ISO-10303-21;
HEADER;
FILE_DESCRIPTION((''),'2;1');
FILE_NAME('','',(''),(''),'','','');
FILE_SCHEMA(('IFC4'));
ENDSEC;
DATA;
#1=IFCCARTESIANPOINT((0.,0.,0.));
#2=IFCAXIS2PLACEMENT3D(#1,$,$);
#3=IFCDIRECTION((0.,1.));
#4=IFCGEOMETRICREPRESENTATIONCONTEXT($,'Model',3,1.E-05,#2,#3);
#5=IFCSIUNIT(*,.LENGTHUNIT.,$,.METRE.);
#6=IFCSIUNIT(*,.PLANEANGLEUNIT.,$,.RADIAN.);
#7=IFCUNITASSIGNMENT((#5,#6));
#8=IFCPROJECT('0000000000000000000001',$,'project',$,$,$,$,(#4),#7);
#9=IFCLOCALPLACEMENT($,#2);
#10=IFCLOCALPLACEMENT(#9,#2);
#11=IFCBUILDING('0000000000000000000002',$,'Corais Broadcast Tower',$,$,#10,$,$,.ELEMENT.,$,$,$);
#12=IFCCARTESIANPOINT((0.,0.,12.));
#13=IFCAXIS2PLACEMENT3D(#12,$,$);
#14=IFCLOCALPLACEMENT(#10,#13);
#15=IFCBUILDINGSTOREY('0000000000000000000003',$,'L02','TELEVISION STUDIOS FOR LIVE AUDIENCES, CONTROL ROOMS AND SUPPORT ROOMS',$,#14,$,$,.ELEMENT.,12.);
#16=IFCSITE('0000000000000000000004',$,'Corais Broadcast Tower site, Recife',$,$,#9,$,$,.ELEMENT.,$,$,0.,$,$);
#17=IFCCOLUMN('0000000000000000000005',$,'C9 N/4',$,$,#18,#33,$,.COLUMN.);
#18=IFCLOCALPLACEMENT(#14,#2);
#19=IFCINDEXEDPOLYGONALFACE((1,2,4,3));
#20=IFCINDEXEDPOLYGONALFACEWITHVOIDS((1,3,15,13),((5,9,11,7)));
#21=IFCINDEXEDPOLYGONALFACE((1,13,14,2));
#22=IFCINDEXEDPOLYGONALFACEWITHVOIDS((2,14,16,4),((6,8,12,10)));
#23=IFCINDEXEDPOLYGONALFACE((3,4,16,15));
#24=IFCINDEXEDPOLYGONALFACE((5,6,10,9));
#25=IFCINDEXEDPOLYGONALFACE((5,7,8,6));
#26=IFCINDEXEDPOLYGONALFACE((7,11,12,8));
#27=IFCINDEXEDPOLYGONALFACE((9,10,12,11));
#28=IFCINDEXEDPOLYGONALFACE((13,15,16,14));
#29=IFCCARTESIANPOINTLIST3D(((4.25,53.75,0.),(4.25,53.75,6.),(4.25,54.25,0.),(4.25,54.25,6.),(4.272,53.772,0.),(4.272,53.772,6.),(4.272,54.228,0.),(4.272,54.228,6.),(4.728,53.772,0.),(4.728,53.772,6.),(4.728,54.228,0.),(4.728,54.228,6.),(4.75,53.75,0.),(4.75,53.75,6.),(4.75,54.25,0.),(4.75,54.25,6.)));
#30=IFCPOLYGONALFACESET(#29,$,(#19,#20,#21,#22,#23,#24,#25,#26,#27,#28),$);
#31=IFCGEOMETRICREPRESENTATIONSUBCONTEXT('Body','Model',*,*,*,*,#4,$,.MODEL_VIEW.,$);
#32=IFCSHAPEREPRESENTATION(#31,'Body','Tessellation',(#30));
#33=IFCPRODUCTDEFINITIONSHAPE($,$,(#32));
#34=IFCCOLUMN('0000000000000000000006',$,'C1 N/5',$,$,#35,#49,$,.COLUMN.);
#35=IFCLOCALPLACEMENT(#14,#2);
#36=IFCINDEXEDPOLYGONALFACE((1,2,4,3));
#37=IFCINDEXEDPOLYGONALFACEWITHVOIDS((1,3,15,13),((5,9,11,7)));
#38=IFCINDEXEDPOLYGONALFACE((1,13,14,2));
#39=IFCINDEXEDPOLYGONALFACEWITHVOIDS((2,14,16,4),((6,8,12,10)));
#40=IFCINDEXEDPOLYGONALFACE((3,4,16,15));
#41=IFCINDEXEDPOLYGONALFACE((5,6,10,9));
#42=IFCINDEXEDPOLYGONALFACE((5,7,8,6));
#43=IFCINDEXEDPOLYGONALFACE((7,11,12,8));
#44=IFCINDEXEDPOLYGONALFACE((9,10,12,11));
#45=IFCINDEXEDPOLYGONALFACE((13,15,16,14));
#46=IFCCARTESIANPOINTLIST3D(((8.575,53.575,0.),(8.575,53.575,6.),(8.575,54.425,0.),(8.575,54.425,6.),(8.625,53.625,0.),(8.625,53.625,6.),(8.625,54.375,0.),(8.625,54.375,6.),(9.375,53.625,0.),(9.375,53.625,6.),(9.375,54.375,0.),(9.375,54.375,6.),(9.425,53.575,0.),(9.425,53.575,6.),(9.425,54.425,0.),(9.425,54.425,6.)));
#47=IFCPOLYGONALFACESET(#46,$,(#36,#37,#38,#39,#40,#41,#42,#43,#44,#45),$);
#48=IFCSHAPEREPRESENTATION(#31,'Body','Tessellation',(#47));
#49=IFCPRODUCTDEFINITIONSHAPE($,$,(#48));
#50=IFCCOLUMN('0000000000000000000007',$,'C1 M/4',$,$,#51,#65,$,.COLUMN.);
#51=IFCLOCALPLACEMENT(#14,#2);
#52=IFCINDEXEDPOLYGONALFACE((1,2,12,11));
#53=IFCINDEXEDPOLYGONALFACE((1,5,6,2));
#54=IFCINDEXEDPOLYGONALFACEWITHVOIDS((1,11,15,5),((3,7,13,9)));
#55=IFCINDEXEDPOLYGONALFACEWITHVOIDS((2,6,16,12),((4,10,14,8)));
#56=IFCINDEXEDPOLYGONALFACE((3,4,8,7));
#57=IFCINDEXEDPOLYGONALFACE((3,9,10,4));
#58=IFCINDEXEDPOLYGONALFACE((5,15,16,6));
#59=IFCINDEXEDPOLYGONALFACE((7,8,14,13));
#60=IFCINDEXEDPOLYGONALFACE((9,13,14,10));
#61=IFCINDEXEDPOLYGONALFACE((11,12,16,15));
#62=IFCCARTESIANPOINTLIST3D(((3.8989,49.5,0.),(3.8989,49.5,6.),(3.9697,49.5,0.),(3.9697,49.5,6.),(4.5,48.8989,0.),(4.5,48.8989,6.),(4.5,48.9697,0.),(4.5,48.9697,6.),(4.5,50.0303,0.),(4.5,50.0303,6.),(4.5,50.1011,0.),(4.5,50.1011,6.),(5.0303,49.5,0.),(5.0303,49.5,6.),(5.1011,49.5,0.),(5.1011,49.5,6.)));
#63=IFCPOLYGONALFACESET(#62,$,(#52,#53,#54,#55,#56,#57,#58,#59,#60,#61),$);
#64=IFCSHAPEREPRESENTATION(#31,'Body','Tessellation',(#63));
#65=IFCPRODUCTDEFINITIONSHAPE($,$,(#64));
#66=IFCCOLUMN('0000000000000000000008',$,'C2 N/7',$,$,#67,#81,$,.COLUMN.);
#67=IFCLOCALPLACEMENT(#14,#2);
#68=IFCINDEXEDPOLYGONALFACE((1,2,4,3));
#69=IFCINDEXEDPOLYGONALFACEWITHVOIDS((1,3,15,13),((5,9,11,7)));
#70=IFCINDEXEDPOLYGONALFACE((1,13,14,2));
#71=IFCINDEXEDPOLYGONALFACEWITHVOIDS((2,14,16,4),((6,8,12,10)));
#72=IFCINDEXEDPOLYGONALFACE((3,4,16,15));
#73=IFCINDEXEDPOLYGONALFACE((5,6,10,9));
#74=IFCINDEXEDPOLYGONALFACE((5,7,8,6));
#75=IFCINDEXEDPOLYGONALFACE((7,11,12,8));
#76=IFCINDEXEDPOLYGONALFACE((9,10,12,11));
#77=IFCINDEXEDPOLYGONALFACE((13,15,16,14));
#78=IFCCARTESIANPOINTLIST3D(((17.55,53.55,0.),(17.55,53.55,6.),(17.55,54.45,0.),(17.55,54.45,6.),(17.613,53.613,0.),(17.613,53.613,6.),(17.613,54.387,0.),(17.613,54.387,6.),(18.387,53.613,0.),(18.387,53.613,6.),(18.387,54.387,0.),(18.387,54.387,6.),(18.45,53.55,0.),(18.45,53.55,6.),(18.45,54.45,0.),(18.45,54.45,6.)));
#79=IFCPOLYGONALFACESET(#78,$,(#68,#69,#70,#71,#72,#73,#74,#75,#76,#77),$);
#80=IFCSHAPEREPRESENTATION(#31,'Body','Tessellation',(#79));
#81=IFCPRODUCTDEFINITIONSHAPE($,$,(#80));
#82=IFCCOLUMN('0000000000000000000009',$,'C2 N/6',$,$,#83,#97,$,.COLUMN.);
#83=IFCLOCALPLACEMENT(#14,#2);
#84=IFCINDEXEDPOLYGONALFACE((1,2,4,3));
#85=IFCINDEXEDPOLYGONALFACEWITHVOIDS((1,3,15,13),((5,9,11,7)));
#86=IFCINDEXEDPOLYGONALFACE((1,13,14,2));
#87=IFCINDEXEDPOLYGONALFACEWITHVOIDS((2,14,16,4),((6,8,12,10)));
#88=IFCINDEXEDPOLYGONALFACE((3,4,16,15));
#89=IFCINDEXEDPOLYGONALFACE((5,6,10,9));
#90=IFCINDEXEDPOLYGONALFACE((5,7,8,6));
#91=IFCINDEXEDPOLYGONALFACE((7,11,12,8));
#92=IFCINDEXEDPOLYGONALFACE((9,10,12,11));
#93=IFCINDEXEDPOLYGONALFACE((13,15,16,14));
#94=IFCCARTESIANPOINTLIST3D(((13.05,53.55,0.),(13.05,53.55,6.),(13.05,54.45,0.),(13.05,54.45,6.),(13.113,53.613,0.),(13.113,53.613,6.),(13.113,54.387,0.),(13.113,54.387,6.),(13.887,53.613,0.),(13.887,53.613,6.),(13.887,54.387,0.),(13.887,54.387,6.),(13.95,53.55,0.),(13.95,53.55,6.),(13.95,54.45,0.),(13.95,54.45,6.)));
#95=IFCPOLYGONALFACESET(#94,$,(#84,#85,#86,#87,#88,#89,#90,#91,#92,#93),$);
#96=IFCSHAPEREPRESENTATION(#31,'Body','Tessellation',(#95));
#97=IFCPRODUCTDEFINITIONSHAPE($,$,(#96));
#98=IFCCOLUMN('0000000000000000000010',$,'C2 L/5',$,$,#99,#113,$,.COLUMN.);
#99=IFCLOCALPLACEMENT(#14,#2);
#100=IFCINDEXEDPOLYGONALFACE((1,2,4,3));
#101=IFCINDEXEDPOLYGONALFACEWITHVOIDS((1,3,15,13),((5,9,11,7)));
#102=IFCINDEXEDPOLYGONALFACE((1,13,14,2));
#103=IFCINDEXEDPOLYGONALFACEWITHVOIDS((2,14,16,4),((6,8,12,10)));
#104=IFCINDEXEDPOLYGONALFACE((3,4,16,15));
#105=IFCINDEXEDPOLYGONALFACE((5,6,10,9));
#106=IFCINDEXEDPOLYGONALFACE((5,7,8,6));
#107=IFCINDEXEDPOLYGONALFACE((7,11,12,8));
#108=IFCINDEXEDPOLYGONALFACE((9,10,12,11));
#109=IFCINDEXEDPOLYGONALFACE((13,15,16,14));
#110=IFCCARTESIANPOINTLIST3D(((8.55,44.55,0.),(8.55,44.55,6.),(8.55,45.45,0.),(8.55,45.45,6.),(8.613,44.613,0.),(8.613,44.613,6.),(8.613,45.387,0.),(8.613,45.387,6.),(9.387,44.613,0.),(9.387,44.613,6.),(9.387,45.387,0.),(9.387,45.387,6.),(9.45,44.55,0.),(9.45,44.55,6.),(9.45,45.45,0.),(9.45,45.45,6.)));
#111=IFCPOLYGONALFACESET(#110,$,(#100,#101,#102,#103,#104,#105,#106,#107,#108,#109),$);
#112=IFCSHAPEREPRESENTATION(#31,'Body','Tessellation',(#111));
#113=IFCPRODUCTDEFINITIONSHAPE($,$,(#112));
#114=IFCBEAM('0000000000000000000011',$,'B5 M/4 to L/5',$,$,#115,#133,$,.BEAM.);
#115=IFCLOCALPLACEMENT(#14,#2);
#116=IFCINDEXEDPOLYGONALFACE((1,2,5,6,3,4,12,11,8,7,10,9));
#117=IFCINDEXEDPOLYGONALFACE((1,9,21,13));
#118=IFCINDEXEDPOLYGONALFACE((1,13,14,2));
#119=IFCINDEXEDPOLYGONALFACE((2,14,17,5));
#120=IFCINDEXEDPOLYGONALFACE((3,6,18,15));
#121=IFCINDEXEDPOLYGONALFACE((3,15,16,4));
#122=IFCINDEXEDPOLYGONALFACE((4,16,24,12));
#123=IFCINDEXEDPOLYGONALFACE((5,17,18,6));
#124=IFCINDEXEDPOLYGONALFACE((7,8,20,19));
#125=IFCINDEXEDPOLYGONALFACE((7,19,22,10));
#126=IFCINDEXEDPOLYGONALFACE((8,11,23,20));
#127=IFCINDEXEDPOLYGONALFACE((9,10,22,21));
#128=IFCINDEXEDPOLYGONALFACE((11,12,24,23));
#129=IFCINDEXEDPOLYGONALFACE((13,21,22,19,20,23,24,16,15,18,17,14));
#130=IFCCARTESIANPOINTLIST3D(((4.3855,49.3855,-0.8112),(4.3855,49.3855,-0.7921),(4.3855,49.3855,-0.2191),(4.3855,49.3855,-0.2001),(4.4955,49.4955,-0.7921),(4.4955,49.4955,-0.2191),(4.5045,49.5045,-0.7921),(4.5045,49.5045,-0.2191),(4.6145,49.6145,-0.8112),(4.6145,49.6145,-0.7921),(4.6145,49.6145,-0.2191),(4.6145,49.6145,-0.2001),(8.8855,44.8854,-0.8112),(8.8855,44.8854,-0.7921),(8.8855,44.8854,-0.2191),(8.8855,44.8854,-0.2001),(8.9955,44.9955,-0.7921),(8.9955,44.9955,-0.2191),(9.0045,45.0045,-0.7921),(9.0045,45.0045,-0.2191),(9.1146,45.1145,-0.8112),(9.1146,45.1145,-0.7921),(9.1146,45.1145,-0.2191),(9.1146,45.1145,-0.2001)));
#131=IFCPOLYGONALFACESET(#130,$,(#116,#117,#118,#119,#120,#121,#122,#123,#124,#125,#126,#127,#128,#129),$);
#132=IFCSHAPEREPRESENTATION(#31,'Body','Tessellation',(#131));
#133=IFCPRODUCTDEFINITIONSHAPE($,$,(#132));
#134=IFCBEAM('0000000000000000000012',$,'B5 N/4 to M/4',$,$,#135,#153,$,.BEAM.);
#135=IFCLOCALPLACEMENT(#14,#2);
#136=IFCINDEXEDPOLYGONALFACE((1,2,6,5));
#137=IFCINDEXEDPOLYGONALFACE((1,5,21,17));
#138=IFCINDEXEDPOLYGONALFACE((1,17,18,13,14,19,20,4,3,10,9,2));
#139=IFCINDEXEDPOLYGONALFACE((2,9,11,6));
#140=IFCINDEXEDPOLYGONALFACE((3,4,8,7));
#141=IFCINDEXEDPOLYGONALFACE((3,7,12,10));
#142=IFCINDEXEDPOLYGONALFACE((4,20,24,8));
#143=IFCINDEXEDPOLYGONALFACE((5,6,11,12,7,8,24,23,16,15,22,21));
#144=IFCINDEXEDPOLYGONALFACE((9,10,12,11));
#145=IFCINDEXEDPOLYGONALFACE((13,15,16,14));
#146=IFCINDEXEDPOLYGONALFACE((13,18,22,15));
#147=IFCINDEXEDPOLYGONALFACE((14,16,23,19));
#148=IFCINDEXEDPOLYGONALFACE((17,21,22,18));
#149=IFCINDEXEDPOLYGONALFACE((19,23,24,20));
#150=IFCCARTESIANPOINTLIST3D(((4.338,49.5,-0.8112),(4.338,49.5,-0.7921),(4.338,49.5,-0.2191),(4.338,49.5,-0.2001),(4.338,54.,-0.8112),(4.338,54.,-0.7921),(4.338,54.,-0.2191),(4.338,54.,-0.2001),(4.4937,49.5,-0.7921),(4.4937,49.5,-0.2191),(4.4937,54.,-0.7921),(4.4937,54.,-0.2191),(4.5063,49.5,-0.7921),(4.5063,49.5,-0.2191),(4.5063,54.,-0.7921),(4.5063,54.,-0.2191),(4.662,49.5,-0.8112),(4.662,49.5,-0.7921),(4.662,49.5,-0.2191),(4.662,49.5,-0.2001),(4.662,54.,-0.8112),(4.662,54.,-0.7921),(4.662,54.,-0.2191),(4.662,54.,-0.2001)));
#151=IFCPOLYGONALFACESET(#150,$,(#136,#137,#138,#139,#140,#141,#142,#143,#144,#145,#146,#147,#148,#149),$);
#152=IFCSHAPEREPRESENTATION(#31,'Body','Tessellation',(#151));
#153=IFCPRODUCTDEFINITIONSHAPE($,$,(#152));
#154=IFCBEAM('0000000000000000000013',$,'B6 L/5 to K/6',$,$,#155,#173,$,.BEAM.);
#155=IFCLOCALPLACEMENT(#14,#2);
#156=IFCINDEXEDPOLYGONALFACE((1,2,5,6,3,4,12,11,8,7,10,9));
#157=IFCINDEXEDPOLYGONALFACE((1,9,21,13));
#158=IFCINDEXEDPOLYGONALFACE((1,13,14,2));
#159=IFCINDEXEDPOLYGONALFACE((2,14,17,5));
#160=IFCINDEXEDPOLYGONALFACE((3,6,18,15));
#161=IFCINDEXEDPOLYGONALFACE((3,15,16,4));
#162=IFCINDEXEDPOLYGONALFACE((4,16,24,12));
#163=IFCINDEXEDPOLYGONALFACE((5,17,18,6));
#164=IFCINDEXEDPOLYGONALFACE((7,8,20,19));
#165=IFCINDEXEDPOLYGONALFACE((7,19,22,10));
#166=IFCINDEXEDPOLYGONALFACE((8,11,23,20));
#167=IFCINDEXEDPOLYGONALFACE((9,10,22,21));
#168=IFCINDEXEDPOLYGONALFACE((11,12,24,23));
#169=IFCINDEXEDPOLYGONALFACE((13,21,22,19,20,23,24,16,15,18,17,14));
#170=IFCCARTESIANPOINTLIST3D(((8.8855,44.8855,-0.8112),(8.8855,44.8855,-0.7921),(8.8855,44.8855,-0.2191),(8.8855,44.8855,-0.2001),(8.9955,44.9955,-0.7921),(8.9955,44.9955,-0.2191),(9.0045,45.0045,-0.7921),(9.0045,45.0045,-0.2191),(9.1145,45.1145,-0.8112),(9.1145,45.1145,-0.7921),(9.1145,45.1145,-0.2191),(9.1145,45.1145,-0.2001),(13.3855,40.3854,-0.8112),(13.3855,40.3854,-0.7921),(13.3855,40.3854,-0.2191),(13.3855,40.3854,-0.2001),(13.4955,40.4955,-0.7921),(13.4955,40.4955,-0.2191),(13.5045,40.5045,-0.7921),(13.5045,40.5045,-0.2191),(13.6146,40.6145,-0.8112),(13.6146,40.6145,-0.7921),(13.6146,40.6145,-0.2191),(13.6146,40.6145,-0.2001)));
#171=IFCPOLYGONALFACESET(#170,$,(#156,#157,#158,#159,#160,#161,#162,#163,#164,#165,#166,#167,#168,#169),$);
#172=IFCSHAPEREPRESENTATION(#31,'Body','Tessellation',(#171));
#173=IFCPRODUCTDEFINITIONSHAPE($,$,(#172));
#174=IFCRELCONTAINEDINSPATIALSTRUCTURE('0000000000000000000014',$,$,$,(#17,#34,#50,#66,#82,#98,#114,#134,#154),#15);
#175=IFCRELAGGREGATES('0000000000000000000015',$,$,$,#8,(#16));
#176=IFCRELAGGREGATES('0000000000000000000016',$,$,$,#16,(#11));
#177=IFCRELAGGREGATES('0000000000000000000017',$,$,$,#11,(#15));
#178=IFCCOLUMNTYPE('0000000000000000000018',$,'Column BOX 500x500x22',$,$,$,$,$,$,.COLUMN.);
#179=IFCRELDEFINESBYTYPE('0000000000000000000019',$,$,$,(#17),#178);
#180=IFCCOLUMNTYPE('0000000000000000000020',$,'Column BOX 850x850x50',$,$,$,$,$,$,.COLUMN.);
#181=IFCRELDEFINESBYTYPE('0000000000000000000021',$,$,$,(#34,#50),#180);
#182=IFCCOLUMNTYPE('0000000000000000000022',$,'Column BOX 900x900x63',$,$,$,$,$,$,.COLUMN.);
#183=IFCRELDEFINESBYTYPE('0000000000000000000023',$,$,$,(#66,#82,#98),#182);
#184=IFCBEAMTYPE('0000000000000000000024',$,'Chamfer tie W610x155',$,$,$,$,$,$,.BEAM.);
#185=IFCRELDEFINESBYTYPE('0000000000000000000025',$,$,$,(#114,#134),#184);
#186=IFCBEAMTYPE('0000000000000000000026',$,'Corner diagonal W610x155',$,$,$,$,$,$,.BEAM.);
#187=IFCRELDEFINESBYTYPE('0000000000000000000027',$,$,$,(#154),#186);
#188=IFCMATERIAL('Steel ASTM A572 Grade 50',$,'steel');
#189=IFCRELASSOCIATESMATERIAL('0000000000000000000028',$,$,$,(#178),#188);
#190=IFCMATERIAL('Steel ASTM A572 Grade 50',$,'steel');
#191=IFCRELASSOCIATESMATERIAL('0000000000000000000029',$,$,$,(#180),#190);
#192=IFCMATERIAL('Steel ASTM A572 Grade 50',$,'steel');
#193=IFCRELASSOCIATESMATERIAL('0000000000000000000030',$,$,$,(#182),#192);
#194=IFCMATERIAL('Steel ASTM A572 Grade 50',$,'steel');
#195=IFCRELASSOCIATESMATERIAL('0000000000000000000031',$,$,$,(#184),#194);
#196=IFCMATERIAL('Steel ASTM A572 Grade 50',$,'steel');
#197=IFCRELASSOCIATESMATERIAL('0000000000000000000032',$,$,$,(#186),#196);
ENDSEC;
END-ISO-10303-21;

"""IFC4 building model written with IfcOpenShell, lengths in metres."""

from ifc_helpers import new_model, si_unit, direction, frame, origin, origin_2d, place, context, subcontext, project, spatial, hollow_rectangle, i_section, extrude, material, material_profile, profile_set, type_object, element, save


model = new_model("IFC4")

# Units and contexts
model_context = context("Model", 3, precision=1e-05, world=origin(), true_north=direction((0.0, 1.0)))
body_context = subcontext(model_context, "Body", "Model", "MODEL_VIEW")
ifc_project = project(units=[si_unit("LENGTHUNIT", "METRE"), si_unit("PLANEANGLEUNIT", "RADIAN")], contexts=[model_context])

# Site, building, storey
site_placement = place(None, origin())
site = spatial("IfcSite", under=ifc_project, at=site_placement, Name="Corais Broadcast Tower site, Recife", CompositionType="ELEMENT", RefElevation=0.0)
building_placement = place(site_placement, origin())
building = spatial("IfcBuilding", under=site, at=building_placement, Name="Corais Broadcast Tower", CompositionType="ELEMENT")
storey_placement = place(building_placement, frame((0.0, 0.0, 12.0)))
storey = spatial("IfcBuildingStorey", under=building, at=storey_placement, Name="L02", Description="TELEVISION STUDIOS FOR LIVE AUDIENCES, CONTROL ROOMS AND SUPPORT ROOMS", CompositionType="ELEMENT", Elevation=12.0)

# Columns
ifc_material_1 = material(Name="Steel ASTM A572 Grade 50", Category="steel")
ifc_material_profile_1 = material_profile(ifc_material_1, hollow_rectangle(XDim=0.5, YDim=0.5, WallThickness=0.022, at=origin_2d()), Name="BOX 500x500x22")
ifc_profile_set_1 = profile_set([ifc_material_profile_1], Name="Steel ASTM A572 Grade 50")
column_type_1 = type_object("IfcColumnType", Name="Column BOX 500x500x22", PredefinedType="COLUMN", material=ifc_profile_set_1)
column_placement = place(storey_placement, frame((4.5, 54.0, 0.0), z_axis=(0.0, 0.0, 1.0), x_axis=(1.0, 0.0, 0.0)))
element("IfcColumn", 1, at=column_placement, inside=storey, type_object=column_type_1, Name="C9 N/4", PredefinedType="COLUMN", context=body_context, shape_type="SweptSolid", body=[
    extrude(hollow_rectangle(XDim=0.5, YDim=0.5, WallThickness=0.022, at=origin_2d()), origin(), (0.0, 0.0, 1.0), 6.0),
])
ifc_material_2 = material(Name="Steel ASTM A572 Grade 50", Category="steel")
ifc_material_profile_2 = material_profile(ifc_material_2, hollow_rectangle(XDim=0.8501, YDim=0.8501, WallThickness=0.05, at=origin_2d()), Name="BOX 850x850x50")
ifc_profile_set_2 = profile_set([ifc_material_profile_2], Name="Steel ASTM A572 Grade 50")
column_type_2 = type_object("IfcColumnType", Name="Column BOX 850x850x50", PredefinedType="COLUMN", material=ifc_profile_set_2)
for number, where, z_axis, x_axis, name in (
    (2, (9.0, 54.0, 0.0), (0.0, 0.0, 1.0), (1.0, 0.0, 0.0), "C1 N/5"),
    (3, (4.5, 49.5, 0.0), (0.0, 0.0, 1.0), (0.707107, 0.707107, 0.0), "C1 M/4"),
):
    element("IfcColumn", number, at=place(storey_placement, frame(where, z_axis=z_axis, x_axis=x_axis)), inside=storey, type_object=column_type_2, Name=name, PredefinedType="COLUMN", context=body_context, shape_type="SweptSolid", body=[
        extrude(hollow_rectangle(XDim=0.8501, YDim=0.8501, WallThickness=0.05, at=origin_2d()), origin(), (0.0, 0.0, 1.0), 6.0),
    ])
ifc_material_3 = material(Name="Steel ASTM A572 Grade 50", Category="steel")
ifc_material_profile_3 = material_profile(ifc_material_3, hollow_rectangle(XDim=0.8999, YDim=0.8999, WallThickness=0.063, at=origin_2d()), Name="BOX 900x900x63")
ifc_profile_set_3 = profile_set([ifc_material_profile_3], Name="Steel ASTM A572 Grade 50")
column_type_3 = type_object("IfcColumnType", Name="Column BOX 900x900x63", PredefinedType="COLUMN", material=ifc_profile_set_3)
for number, where, z_axis, x_axis, name in (
    (4, (18.0, 54.0, 0.0), (0.0, 0.0, 1.0), (1.0, 0.0, 0.0), "C2 N/7"),
    (5, (13.5, 54.0, 0.0), (0.0, 0.0, 1.0), (1.0, 0.0, 0.0), "C2 N/6"),
    (6, (9.0, 45.0, 0.0), (0.0, 0.0, 1.0), (1.0, 0.0, 0.0), "C2 L/5"),
):
    element("IfcColumn", number, at=place(storey_placement, frame(where, z_axis=z_axis, x_axis=x_axis)), inside=storey, type_object=column_type_3, Name=name, PredefinedType="COLUMN", context=body_context, shape_type="SweptSolid", body=[
        extrude(hollow_rectangle(XDim=0.8999, YDim=0.8999, WallThickness=0.063, at=origin_2d()), origin(), (0.0, 0.0, 1.0), 6.0),
    ])

# Beams
ifc_material_4 = material(Name="Steel ASTM A572 Grade 50", Category="steel")
ifc_material_profile_4 = material_profile(ifc_material_4, i_section(OverallWidth=0.324, OverallDepth=0.6111, WebThickness=0.0127, FlangeThickness=0.019, at=origin_2d()), Name="W610x155")
ifc_profile_set_4 = profile_set([ifc_material_profile_4], Name="Steel ASTM A572 Grade 50")
beam_type_1 = type_object("IfcBeamType", Name="Chamfer tie W610x155", PredefinedType="BEAM", material=ifc_profile_set_4)
beam_1_placement = place(storey_placement, frame((4.5, 49.5, -0.5056), z_axis=(0.707107, -0.707107, 0.0), x_axis=(0.707107, 0.707107, 0.0)))
element("IfcBeam", 7, at=beam_1_placement, inside=storey, type_object=beam_type_1, Name="B5 M/4 to L/5", PredefinedType="BEAM", context=body_context, shape_type="SweptSolid", body=[
    extrude(i_section(OverallWidth=0.324, OverallDepth=0.6111, WebThickness=0.0127, FlangeThickness=0.019, at=origin_2d()), origin(), (0.0, 0.0, 1.0), 6.364),
])
beam_2_placement = place(storey_placement, frame((4.5, 54.0, -0.5056), z_axis=(0.0, -1.0, 0.0), x_axis=(1.0, 0.0, 0.0)))
element("IfcBeam", 8, at=beam_2_placement, inside=storey, type_object=beam_type_1, Name="B5 N/4 to M/4", PredefinedType="BEAM", context=body_context, shape_type="SweptSolid", body=[
    extrude(i_section(OverallWidth=0.324, OverallDepth=0.6111, WebThickness=0.0127, FlangeThickness=0.019, at=origin_2d()), origin(), (0.0, 0.0, 1.0), 4.5),
])
ifc_material_5 = material(Name="Steel ASTM A572 Grade 50", Category="steel")
ifc_material_profile_5 = material_profile(ifc_material_5, i_section(OverallWidth=0.324, OverallDepth=0.6111, WebThickness=0.0127, FlangeThickness=0.019, at=origin_2d()), Name="W610x155")
ifc_profile_set_5 = profile_set([ifc_material_profile_5], Name="Steel ASTM A572 Grade 50")
beam_type_2 = type_object("IfcBeamType", Name="Corner diagonal W610x155", PredefinedType="BEAM", material=ifc_profile_set_5)
beam_3_placement = place(storey_placement, frame((9.0, 45.0, -0.5056), z_axis=(0.707107, -0.707107, 0.0), x_axis=(0.707107, 0.707107, 0.0)))
element("IfcBeam", 9, at=beam_3_placement, inside=storey, type_object=beam_type_2, Name="B6 L/5 to K/6", PredefinedType="BEAM", context=body_context, shape_type="SweptSolid", body=[
    extrude(i_section(OverallWidth=0.324, OverallDepth=0.6111, WebThickness=0.0127, FlangeThickness=0.019, at=origin_2d()), origin(), (0.0, 0.0, 1.0), 6.364),
])

save(model, "model.ifc")
